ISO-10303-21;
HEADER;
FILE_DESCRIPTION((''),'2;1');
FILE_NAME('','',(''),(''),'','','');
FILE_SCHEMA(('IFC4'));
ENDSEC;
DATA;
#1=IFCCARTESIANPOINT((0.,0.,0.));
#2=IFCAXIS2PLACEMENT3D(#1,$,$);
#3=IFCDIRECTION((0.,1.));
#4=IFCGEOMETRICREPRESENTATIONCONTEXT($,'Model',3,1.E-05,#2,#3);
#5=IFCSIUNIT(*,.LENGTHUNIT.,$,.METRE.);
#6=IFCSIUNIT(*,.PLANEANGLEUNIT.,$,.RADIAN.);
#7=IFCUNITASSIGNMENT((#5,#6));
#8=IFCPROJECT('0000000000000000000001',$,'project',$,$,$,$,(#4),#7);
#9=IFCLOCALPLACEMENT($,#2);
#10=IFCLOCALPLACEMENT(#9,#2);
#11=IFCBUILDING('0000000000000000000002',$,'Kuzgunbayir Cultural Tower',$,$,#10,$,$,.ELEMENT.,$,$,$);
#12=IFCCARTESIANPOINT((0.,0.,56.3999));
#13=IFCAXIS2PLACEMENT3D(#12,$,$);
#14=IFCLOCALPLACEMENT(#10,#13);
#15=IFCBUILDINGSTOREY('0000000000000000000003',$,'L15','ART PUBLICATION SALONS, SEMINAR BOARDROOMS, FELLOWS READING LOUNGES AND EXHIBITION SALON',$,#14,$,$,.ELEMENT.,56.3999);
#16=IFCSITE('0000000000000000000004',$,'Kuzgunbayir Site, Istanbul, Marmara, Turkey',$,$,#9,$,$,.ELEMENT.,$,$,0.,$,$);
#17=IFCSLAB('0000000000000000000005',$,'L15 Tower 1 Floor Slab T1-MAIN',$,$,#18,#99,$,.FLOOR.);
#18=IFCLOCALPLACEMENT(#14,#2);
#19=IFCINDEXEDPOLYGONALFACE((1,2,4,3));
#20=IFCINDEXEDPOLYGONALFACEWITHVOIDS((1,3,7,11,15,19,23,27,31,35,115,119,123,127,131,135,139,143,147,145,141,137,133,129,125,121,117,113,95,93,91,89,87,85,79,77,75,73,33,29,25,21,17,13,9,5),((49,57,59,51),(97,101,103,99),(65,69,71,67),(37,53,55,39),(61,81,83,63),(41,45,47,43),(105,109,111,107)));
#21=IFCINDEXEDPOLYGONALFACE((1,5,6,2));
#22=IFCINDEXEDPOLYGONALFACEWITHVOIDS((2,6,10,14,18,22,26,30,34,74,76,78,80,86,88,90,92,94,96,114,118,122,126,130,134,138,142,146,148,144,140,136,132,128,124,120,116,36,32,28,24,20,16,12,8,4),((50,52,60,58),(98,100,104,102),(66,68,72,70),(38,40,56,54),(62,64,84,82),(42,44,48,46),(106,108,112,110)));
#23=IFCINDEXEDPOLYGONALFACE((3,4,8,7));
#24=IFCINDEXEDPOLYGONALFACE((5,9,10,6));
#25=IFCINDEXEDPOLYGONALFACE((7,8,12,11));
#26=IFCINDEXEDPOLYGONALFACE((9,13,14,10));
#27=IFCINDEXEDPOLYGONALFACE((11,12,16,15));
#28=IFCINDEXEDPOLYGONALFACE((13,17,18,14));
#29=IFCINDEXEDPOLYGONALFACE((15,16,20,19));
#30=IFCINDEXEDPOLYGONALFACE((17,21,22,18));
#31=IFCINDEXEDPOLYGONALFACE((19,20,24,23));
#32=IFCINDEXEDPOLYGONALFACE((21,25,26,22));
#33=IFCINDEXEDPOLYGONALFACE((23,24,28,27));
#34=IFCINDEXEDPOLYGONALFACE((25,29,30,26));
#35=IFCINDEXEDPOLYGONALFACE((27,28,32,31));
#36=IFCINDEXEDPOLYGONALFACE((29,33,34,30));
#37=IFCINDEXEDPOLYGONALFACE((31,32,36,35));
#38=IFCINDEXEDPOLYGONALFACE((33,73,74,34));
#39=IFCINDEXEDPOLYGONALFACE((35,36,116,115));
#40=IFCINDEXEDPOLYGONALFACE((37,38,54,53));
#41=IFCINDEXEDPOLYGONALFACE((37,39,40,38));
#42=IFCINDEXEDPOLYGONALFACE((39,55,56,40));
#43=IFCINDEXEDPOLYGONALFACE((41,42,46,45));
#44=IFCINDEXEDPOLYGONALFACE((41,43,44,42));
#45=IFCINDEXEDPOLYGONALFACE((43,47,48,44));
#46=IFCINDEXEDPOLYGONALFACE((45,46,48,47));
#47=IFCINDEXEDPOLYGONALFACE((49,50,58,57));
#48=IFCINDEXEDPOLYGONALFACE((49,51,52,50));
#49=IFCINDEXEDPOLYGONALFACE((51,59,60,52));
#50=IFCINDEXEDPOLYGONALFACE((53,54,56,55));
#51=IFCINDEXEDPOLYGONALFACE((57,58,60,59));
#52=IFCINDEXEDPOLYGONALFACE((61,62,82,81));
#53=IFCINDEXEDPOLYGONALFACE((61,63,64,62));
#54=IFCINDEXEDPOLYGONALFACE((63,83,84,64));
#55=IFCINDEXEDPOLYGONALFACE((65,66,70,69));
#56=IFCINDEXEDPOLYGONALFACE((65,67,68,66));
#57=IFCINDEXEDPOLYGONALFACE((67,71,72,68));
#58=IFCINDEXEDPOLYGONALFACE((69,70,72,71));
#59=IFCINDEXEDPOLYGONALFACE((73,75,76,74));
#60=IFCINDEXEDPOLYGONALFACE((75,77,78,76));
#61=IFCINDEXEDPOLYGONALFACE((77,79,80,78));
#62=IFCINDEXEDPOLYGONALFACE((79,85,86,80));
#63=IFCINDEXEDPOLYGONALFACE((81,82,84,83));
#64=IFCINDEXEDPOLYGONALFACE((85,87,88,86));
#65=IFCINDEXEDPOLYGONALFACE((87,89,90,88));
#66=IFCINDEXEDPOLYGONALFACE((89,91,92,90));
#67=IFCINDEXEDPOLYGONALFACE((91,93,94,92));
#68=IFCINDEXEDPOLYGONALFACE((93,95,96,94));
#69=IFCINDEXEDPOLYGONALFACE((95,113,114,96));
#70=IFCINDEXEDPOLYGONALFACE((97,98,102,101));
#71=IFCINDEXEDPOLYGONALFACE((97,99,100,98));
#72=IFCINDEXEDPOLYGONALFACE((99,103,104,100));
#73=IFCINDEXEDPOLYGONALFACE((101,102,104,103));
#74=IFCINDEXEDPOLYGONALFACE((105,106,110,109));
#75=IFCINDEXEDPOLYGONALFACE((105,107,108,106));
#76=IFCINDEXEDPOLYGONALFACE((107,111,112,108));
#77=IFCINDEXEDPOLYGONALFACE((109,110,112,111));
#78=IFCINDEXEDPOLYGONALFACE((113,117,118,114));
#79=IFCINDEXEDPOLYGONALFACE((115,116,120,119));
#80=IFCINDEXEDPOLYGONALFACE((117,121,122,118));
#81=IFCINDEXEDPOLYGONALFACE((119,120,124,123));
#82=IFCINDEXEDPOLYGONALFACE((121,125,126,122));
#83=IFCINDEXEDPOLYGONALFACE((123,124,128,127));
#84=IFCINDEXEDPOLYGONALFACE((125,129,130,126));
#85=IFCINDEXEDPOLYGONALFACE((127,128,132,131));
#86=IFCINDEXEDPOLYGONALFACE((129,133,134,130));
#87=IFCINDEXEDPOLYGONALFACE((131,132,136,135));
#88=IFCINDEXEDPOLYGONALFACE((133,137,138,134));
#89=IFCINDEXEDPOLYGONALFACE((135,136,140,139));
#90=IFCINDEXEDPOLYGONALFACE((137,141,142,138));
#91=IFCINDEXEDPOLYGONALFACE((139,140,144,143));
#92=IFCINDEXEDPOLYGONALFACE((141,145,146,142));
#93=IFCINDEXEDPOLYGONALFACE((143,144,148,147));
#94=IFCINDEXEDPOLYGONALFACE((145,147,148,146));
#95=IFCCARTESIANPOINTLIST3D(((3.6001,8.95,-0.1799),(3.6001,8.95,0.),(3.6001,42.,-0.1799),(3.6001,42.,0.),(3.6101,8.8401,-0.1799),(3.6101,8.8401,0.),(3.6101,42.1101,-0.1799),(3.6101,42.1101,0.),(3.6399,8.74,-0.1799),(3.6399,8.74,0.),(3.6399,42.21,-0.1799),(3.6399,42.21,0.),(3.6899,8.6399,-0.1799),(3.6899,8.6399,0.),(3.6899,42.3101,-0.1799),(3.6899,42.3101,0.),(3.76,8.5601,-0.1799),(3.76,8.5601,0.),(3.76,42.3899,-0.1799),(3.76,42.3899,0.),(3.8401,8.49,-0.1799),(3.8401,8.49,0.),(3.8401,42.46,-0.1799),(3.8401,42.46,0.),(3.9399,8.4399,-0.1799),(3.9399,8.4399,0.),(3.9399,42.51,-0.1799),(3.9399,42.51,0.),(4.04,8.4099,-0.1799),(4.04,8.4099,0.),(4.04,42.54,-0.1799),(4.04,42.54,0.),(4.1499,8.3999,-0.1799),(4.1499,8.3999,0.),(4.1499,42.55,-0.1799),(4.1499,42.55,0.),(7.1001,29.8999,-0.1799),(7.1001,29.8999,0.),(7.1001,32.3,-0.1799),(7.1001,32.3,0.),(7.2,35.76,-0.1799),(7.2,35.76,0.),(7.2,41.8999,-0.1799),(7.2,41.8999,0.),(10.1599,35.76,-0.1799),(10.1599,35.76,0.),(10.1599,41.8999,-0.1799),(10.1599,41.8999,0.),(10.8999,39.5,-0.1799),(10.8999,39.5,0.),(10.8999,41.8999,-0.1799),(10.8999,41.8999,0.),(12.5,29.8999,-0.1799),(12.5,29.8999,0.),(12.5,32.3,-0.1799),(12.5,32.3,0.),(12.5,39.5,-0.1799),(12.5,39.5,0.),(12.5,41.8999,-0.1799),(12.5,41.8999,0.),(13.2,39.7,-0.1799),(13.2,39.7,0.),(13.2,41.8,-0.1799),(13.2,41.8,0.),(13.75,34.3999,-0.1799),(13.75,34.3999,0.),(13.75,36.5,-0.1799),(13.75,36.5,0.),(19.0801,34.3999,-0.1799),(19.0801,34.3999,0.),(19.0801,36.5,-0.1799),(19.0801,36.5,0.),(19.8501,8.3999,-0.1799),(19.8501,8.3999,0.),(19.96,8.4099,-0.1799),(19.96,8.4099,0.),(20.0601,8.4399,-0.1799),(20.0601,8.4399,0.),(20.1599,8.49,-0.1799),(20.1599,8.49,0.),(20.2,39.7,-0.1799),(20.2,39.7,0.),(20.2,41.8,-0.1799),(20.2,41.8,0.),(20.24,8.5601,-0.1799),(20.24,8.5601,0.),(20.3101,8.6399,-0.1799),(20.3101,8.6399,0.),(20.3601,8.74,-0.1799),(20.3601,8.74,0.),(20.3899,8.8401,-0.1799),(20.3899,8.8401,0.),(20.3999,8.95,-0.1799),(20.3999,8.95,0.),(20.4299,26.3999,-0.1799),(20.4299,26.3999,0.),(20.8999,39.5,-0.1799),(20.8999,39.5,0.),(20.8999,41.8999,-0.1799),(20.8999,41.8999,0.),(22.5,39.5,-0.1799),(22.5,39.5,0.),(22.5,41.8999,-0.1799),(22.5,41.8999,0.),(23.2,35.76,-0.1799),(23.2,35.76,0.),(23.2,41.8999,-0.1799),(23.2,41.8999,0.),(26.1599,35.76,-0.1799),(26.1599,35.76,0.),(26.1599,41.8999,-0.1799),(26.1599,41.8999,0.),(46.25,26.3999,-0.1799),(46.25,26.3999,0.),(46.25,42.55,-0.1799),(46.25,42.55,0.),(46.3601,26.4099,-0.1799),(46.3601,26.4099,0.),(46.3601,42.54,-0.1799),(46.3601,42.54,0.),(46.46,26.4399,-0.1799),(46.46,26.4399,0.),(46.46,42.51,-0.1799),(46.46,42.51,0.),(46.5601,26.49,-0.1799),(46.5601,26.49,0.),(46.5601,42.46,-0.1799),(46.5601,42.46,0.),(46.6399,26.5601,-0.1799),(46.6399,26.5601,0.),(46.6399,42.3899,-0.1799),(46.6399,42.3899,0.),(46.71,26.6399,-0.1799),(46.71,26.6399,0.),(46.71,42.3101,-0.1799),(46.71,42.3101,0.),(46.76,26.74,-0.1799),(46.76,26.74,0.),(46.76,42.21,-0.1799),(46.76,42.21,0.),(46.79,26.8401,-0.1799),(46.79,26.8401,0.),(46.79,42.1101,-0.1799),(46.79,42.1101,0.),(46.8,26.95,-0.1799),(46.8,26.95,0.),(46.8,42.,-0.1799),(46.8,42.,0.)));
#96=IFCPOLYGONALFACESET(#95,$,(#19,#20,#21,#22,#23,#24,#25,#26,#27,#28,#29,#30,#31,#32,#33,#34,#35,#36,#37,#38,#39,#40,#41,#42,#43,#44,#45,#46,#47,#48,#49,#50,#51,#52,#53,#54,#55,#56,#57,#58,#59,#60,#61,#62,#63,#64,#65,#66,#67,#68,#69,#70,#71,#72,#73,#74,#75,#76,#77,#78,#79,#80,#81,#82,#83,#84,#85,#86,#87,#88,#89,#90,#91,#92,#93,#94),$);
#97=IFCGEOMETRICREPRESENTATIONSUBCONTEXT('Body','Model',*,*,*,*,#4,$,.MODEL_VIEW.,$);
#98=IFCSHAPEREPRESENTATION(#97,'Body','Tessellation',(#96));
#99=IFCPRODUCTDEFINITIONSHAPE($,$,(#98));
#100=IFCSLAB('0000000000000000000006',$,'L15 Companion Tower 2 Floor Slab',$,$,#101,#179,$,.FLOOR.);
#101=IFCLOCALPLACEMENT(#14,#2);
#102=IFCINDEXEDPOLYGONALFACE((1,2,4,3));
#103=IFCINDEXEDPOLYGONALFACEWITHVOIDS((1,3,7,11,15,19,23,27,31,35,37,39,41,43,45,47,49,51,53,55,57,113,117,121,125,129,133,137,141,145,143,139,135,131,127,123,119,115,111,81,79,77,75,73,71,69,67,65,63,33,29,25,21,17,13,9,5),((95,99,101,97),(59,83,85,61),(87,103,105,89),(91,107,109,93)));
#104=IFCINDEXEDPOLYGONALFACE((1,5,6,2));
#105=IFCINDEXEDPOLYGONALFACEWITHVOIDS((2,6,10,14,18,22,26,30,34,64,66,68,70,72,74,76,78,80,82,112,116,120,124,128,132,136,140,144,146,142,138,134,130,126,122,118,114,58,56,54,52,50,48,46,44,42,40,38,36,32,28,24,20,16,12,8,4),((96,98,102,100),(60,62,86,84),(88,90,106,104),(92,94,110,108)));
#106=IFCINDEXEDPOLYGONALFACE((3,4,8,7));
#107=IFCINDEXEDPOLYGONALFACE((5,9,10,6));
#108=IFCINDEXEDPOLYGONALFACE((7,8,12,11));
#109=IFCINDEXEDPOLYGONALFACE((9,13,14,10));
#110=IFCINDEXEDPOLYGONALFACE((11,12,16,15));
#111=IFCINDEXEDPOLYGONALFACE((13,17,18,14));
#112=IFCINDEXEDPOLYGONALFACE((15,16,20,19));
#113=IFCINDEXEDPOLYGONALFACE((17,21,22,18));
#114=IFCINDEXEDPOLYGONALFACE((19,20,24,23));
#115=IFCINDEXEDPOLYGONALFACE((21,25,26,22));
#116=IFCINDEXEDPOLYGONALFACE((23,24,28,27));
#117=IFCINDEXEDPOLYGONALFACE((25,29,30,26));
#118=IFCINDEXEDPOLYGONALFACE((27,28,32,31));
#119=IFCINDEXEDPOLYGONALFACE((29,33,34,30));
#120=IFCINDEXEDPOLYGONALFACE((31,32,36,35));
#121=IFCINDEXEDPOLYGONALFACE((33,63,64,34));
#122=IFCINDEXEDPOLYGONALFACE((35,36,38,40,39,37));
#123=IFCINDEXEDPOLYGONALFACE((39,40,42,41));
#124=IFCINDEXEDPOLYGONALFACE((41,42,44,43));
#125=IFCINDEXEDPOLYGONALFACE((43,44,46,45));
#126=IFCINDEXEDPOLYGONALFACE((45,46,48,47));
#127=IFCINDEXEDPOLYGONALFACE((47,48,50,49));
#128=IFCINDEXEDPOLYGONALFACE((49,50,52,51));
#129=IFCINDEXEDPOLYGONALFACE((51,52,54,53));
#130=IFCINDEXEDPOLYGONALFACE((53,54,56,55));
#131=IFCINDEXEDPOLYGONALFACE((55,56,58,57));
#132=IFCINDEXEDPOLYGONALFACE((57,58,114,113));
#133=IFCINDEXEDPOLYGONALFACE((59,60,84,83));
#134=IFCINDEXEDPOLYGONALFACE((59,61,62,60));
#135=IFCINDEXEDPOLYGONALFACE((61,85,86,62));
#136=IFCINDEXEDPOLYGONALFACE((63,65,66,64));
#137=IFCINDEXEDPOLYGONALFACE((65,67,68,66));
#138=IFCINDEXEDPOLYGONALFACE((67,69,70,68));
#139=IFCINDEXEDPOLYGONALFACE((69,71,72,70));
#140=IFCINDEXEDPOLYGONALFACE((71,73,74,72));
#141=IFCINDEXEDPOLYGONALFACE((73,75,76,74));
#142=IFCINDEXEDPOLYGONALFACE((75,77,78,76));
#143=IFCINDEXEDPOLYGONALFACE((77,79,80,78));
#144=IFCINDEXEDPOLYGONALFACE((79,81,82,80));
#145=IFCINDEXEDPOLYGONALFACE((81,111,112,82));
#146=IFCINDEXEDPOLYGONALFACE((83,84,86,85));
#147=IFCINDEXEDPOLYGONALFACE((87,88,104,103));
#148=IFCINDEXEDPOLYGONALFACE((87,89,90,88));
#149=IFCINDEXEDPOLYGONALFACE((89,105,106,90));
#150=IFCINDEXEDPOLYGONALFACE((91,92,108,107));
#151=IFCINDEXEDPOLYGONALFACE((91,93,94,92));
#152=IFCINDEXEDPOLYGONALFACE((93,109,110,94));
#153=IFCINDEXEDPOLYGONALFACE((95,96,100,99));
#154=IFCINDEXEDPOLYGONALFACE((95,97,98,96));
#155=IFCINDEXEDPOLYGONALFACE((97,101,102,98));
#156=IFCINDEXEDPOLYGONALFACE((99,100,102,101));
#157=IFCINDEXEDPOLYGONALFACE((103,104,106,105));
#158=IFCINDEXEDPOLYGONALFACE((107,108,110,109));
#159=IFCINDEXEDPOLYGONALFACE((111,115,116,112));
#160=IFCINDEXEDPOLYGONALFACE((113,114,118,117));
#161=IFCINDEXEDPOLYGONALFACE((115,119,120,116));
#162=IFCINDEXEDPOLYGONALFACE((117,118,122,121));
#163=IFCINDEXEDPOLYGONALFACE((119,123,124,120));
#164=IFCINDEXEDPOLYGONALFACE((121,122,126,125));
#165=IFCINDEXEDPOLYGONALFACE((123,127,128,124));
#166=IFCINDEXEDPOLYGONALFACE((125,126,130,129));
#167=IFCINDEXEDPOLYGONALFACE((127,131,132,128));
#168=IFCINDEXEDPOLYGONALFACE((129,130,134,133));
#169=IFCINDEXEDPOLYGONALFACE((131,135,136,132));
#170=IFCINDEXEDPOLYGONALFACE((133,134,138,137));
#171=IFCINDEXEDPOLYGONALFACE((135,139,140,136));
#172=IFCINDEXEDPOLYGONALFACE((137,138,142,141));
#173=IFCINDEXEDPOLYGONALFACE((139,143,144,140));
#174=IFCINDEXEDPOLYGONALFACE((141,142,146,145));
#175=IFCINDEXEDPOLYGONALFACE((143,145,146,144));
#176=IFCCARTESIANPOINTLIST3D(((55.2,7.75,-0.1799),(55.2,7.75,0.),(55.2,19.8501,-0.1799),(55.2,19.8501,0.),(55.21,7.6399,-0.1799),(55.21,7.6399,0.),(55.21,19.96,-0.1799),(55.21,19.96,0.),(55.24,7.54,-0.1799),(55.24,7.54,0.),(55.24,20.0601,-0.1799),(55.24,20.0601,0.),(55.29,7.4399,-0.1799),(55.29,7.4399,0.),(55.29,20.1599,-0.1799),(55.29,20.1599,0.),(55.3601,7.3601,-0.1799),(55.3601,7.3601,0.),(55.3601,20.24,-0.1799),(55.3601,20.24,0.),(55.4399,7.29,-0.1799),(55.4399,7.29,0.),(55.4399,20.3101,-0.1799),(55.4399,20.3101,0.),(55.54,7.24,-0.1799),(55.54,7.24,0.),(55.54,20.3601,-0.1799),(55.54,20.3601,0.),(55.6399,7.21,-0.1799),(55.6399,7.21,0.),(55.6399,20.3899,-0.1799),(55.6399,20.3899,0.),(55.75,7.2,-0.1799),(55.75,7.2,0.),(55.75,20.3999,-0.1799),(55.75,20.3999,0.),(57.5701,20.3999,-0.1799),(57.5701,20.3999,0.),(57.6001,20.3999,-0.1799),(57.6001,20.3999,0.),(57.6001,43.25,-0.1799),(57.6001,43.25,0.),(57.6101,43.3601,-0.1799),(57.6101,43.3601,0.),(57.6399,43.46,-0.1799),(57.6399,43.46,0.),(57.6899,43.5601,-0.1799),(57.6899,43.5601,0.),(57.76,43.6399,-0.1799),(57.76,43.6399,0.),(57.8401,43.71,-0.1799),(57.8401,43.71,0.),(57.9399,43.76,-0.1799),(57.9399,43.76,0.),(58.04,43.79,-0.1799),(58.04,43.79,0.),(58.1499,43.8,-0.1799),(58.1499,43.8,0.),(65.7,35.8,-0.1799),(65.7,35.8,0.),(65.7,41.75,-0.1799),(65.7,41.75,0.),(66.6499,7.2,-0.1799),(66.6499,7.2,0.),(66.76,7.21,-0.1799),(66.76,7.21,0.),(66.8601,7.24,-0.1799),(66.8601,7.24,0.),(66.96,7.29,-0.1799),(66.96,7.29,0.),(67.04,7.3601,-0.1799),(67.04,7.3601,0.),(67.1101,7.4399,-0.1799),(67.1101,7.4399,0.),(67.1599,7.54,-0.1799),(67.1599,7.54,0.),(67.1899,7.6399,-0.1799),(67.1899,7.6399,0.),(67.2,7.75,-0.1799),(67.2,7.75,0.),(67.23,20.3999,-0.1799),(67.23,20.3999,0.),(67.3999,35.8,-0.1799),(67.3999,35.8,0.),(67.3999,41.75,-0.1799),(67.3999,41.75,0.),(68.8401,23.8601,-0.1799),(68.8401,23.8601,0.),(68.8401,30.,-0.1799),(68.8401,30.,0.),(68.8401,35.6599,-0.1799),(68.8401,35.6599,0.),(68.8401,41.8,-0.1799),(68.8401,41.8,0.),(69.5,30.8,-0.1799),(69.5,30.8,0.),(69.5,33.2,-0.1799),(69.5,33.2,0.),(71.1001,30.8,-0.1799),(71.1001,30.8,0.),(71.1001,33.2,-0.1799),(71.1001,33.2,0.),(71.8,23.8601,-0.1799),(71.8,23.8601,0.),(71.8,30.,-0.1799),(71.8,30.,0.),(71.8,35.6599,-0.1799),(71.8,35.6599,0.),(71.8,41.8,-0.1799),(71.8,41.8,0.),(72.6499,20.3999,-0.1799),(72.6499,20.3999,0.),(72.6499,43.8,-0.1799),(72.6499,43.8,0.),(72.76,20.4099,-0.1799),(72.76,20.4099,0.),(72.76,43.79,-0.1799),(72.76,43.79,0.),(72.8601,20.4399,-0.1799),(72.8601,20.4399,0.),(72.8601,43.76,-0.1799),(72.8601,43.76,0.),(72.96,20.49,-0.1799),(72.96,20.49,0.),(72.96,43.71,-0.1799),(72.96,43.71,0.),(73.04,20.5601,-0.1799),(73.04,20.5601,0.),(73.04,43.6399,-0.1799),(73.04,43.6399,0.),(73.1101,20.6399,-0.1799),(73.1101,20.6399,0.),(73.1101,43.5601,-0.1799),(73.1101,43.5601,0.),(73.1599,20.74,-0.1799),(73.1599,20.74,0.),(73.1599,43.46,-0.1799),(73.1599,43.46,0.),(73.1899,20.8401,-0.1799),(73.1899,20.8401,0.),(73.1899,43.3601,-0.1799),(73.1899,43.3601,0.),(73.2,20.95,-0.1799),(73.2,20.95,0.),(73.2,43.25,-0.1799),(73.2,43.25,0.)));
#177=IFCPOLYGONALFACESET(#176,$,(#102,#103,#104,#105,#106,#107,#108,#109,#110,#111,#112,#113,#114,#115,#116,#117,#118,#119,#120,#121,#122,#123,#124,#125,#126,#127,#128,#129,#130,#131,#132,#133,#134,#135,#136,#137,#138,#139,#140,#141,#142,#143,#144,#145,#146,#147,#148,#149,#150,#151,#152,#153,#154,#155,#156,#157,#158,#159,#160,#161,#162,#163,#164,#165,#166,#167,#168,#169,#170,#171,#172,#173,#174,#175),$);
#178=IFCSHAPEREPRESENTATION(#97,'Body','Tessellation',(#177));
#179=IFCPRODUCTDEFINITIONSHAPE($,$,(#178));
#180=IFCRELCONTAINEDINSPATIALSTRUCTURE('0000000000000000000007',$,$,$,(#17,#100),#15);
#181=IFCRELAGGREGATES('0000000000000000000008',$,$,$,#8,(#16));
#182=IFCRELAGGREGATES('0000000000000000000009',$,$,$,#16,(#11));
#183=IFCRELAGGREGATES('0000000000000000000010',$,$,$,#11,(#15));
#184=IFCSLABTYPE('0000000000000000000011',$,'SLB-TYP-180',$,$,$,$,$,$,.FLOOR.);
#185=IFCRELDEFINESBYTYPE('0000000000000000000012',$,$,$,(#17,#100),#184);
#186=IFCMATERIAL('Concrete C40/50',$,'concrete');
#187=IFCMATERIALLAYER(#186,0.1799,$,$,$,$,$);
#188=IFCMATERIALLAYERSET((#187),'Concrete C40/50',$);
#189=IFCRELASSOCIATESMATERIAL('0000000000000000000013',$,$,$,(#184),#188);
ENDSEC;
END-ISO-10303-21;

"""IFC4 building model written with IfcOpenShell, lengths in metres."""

from ifc_helpers import new_model, si_unit, direction, frame, origin, place, context, subcontext, project, spatial, polyline, outline, extrude, material, layer, layer_set, type_object, element, save


model = new_model("IFC4")

# Units and contexts
model_context = context("Model", 3, precision=1e-05, world=origin(), true_north=direction((0.0, 1.0)))
body_context = subcontext(model_context, "Body", "Model", "MODEL_VIEW")
ifc_project = project(units=[si_unit("LENGTHUNIT", "METRE"), si_unit("PLANEANGLEUNIT", "RADIAN")], contexts=[model_context])

# Site, building, storey
site_placement = place(None, origin())
site = spatial("IfcSite", under=ifc_project, at=site_placement, Name="Kuzgunbayir Site, Istanbul, Marmara, Turkey", CompositionType="ELEMENT", RefElevation=0.0)
building_placement = place(site_placement, origin())
building = spatial("IfcBuilding", under=site, at=building_placement, Name="Kuzgunbayir Cultural Tower", CompositionType="ELEMENT")
storey_placement = place(building_placement, frame((0.0, 0.0, 56.3999)))
storey = spatial("IfcBuildingStorey", under=building, at=storey_placement, Name="L15", Description="ART PUBLICATION SALONS, SEMINAR BOARDROOMS, FELLOWS READING LOUNGES AND EXHIBITION SALON", CompositionType="ELEMENT", Elevation=56.3999)

# Shared definitions
ifc_material_1 = material(Name="Concrete C40/50", Category="concrete")

# Slabs
ifc_layer_1 = layer(ifc_material_1, 0.1799)
ifc_layer_set_1 = layer_set([ifc_layer_1], Name="Concrete C40/50")
slab_type_1 = type_object("IfcSlabType", Name="SLB-TYP-180", PredefinedType="FLOOR", material=ifc_layer_set_1)
slab_1_placement = place(storey_placement, frame((0.0, 0.0, -0.1799)))
element("IfcSlab", 1, at=slab_1_placement, inside=storey, type_object=slab_type_1, Name="L15 Tower 1 Floor Slab T1-MAIN", PredefinedType="FLOOR", context=body_context, shape_type="SweptSolid", body=[
    extrude(outline(polyline([(20.3999, 8.95), (20.3899, 8.8401), (20.3601, 8.74), (20.3101, 8.6399), (20.24, 8.5601), (20.1599, 8.49), (20.0601, 8.4399), (19.96, 8.4099), (19.8501, 8.3999), (4.1499, 8.3999), (4.04, 8.4099), (3.9399, 8.4399), (3.8401, 8.49), (3.76, 8.5601), (3.6899, 8.6399), (3.6399, 8.74), (3.6101, 8.8401), (3.6001, 8.95), (3.6001, 42.0), (3.6101, 42.1101), (3.6399, 42.21), (3.6899, 42.3101), (3.76, 42.3899), (3.8401, 42.46), (3.9399, 42.51), (4.04, 42.54), (4.1499, 42.55), (46.25, 42.55), (46.3601, 42.54), (46.46, 42.51), (46.5601, 42.46), (46.6399, 42.3899), (46.71, 42.3101), (46.76, 42.21), (46.79, 42.1101), (46.8, 42.0), (46.8, 26.95), (46.79, 26.8401), (46.76, 26.74), (46.71, 26.6399), (46.6399, 26.5601), (46.5601, 26.49), (46.46, 26.4399), (46.3601, 26.4099), (46.25, 26.3999), (20.4299, 26.3999), (20.3999, 8.95)]), holes=[polyline([(7.2, 35.76), (7.2, 41.8999), (10.1599, 41.8999), (10.1599, 35.76), (7.2, 35.76)]), polyline([(23.2, 35.76), (23.2, 41.8999), (26.1599, 41.8999), (26.1599, 35.76), (23.2, 35.76)]), polyline([(13.2, 39.7), (13.2, 41.8), (20.2, 41.8), (20.2, 39.7), (13.2, 39.7)]), polyline([(13.75, 34.3999), (13.75, 36.5), (19.0801, 36.5), (19.0801, 34.3999), (13.75, 34.3999)]), polyline([(7.1001, 29.8999), (7.1001, 32.3), (12.5, 32.3), (12.5, 29.8999), (7.1001, 29.8999)]), polyline([(10.8999, 39.5), (10.8999, 41.8999), (12.5, 41.8999), (12.5, 39.5), (10.8999, 39.5)]), polyline([(20.8999, 39.5), (20.8999, 41.8999), (22.5, 41.8999), (22.5, 39.5), (20.8999, 39.5)])]), origin(), (0.0, 0.0, 1.0), 0.1799),
])
slab_2_placement = place(storey_placement, frame((0.0, 0.0, -0.1799)))
element("IfcSlab", 2, at=slab_2_placement, inside=storey, type_object=slab_type_1, Name="L15 Companion Tower 2 Floor Slab", PredefinedType="FLOOR", context=body_context, shape_type="SweptSolid", body=[
    extrude(outline(polyline([(57.6001, 20.3999), (57.6001, 43.25), (57.6101, 43.3601), (57.6399, 43.46), (57.6899, 43.5601), (57.76, 43.6399), (57.8401, 43.71), (57.9399, 43.76), (58.04, 43.79), (58.1499, 43.8), (72.6499, 43.8), (72.76, 43.79), (72.8601, 43.76), (72.96, 43.71), (73.04, 43.6399), (73.1101, 43.5601), (73.1599, 43.46), (73.1899, 43.3601), (73.2, 43.25), (73.2, 20.95), (73.1899, 20.8401), (73.1599, 20.74), (73.1101, 20.6399), (73.04, 20.5601), (72.96, 20.49), (72.8601, 20.4399), (72.76, 20.4099), (72.6499, 20.3999), (67.23, 20.3999), (67.2, 7.75), (67.1899, 7.6399), (67.1599, 7.54), (67.1101, 7.4399), (67.04, 7.3601), (66.96, 7.29), (66.8601, 7.24), (66.76, 7.21), (66.6499, 7.2), (55.75, 7.2), (55.6399, 7.21), (55.54, 7.24), (55.4399, 7.29), (55.3601, 7.3601), (55.29, 7.4399), (55.24, 7.54), (55.21, 7.6399), (55.2, 7.75), (55.2, 19.8501), (55.21, 19.96), (55.24, 20.0601), (55.29, 20.1599), (55.3601, 20.24), (55.4399, 20.3101), (55.54, 20.3601), (55.6399, 20.3899), (55.75, 20.3999), (57.5701, 20.3999), (57.6001, 20.3999)]), holes=[polyline([(68.8401, 23.8601), (68.8401, 30.0), (71.8, 30.0), (71.8, 23.8601), (68.8401, 23.8601)]), polyline([(68.8401, 35.6599), (68.8401, 41.8), (71.8, 41.8), (71.8, 35.6599), (68.8401, 35.6599)]), polyline([(65.7, 35.8), (65.7, 41.75), (67.3999, 41.75), (67.3999, 35.8), (65.7, 35.8)]), polyline([(69.5, 30.8), (69.5, 33.2), (71.1001, 33.2), (71.1001, 30.8), (69.5, 30.8)])]), origin(), (0.0, 0.0, 1.0), 0.1799),
])

save(model, "model.ifc")
